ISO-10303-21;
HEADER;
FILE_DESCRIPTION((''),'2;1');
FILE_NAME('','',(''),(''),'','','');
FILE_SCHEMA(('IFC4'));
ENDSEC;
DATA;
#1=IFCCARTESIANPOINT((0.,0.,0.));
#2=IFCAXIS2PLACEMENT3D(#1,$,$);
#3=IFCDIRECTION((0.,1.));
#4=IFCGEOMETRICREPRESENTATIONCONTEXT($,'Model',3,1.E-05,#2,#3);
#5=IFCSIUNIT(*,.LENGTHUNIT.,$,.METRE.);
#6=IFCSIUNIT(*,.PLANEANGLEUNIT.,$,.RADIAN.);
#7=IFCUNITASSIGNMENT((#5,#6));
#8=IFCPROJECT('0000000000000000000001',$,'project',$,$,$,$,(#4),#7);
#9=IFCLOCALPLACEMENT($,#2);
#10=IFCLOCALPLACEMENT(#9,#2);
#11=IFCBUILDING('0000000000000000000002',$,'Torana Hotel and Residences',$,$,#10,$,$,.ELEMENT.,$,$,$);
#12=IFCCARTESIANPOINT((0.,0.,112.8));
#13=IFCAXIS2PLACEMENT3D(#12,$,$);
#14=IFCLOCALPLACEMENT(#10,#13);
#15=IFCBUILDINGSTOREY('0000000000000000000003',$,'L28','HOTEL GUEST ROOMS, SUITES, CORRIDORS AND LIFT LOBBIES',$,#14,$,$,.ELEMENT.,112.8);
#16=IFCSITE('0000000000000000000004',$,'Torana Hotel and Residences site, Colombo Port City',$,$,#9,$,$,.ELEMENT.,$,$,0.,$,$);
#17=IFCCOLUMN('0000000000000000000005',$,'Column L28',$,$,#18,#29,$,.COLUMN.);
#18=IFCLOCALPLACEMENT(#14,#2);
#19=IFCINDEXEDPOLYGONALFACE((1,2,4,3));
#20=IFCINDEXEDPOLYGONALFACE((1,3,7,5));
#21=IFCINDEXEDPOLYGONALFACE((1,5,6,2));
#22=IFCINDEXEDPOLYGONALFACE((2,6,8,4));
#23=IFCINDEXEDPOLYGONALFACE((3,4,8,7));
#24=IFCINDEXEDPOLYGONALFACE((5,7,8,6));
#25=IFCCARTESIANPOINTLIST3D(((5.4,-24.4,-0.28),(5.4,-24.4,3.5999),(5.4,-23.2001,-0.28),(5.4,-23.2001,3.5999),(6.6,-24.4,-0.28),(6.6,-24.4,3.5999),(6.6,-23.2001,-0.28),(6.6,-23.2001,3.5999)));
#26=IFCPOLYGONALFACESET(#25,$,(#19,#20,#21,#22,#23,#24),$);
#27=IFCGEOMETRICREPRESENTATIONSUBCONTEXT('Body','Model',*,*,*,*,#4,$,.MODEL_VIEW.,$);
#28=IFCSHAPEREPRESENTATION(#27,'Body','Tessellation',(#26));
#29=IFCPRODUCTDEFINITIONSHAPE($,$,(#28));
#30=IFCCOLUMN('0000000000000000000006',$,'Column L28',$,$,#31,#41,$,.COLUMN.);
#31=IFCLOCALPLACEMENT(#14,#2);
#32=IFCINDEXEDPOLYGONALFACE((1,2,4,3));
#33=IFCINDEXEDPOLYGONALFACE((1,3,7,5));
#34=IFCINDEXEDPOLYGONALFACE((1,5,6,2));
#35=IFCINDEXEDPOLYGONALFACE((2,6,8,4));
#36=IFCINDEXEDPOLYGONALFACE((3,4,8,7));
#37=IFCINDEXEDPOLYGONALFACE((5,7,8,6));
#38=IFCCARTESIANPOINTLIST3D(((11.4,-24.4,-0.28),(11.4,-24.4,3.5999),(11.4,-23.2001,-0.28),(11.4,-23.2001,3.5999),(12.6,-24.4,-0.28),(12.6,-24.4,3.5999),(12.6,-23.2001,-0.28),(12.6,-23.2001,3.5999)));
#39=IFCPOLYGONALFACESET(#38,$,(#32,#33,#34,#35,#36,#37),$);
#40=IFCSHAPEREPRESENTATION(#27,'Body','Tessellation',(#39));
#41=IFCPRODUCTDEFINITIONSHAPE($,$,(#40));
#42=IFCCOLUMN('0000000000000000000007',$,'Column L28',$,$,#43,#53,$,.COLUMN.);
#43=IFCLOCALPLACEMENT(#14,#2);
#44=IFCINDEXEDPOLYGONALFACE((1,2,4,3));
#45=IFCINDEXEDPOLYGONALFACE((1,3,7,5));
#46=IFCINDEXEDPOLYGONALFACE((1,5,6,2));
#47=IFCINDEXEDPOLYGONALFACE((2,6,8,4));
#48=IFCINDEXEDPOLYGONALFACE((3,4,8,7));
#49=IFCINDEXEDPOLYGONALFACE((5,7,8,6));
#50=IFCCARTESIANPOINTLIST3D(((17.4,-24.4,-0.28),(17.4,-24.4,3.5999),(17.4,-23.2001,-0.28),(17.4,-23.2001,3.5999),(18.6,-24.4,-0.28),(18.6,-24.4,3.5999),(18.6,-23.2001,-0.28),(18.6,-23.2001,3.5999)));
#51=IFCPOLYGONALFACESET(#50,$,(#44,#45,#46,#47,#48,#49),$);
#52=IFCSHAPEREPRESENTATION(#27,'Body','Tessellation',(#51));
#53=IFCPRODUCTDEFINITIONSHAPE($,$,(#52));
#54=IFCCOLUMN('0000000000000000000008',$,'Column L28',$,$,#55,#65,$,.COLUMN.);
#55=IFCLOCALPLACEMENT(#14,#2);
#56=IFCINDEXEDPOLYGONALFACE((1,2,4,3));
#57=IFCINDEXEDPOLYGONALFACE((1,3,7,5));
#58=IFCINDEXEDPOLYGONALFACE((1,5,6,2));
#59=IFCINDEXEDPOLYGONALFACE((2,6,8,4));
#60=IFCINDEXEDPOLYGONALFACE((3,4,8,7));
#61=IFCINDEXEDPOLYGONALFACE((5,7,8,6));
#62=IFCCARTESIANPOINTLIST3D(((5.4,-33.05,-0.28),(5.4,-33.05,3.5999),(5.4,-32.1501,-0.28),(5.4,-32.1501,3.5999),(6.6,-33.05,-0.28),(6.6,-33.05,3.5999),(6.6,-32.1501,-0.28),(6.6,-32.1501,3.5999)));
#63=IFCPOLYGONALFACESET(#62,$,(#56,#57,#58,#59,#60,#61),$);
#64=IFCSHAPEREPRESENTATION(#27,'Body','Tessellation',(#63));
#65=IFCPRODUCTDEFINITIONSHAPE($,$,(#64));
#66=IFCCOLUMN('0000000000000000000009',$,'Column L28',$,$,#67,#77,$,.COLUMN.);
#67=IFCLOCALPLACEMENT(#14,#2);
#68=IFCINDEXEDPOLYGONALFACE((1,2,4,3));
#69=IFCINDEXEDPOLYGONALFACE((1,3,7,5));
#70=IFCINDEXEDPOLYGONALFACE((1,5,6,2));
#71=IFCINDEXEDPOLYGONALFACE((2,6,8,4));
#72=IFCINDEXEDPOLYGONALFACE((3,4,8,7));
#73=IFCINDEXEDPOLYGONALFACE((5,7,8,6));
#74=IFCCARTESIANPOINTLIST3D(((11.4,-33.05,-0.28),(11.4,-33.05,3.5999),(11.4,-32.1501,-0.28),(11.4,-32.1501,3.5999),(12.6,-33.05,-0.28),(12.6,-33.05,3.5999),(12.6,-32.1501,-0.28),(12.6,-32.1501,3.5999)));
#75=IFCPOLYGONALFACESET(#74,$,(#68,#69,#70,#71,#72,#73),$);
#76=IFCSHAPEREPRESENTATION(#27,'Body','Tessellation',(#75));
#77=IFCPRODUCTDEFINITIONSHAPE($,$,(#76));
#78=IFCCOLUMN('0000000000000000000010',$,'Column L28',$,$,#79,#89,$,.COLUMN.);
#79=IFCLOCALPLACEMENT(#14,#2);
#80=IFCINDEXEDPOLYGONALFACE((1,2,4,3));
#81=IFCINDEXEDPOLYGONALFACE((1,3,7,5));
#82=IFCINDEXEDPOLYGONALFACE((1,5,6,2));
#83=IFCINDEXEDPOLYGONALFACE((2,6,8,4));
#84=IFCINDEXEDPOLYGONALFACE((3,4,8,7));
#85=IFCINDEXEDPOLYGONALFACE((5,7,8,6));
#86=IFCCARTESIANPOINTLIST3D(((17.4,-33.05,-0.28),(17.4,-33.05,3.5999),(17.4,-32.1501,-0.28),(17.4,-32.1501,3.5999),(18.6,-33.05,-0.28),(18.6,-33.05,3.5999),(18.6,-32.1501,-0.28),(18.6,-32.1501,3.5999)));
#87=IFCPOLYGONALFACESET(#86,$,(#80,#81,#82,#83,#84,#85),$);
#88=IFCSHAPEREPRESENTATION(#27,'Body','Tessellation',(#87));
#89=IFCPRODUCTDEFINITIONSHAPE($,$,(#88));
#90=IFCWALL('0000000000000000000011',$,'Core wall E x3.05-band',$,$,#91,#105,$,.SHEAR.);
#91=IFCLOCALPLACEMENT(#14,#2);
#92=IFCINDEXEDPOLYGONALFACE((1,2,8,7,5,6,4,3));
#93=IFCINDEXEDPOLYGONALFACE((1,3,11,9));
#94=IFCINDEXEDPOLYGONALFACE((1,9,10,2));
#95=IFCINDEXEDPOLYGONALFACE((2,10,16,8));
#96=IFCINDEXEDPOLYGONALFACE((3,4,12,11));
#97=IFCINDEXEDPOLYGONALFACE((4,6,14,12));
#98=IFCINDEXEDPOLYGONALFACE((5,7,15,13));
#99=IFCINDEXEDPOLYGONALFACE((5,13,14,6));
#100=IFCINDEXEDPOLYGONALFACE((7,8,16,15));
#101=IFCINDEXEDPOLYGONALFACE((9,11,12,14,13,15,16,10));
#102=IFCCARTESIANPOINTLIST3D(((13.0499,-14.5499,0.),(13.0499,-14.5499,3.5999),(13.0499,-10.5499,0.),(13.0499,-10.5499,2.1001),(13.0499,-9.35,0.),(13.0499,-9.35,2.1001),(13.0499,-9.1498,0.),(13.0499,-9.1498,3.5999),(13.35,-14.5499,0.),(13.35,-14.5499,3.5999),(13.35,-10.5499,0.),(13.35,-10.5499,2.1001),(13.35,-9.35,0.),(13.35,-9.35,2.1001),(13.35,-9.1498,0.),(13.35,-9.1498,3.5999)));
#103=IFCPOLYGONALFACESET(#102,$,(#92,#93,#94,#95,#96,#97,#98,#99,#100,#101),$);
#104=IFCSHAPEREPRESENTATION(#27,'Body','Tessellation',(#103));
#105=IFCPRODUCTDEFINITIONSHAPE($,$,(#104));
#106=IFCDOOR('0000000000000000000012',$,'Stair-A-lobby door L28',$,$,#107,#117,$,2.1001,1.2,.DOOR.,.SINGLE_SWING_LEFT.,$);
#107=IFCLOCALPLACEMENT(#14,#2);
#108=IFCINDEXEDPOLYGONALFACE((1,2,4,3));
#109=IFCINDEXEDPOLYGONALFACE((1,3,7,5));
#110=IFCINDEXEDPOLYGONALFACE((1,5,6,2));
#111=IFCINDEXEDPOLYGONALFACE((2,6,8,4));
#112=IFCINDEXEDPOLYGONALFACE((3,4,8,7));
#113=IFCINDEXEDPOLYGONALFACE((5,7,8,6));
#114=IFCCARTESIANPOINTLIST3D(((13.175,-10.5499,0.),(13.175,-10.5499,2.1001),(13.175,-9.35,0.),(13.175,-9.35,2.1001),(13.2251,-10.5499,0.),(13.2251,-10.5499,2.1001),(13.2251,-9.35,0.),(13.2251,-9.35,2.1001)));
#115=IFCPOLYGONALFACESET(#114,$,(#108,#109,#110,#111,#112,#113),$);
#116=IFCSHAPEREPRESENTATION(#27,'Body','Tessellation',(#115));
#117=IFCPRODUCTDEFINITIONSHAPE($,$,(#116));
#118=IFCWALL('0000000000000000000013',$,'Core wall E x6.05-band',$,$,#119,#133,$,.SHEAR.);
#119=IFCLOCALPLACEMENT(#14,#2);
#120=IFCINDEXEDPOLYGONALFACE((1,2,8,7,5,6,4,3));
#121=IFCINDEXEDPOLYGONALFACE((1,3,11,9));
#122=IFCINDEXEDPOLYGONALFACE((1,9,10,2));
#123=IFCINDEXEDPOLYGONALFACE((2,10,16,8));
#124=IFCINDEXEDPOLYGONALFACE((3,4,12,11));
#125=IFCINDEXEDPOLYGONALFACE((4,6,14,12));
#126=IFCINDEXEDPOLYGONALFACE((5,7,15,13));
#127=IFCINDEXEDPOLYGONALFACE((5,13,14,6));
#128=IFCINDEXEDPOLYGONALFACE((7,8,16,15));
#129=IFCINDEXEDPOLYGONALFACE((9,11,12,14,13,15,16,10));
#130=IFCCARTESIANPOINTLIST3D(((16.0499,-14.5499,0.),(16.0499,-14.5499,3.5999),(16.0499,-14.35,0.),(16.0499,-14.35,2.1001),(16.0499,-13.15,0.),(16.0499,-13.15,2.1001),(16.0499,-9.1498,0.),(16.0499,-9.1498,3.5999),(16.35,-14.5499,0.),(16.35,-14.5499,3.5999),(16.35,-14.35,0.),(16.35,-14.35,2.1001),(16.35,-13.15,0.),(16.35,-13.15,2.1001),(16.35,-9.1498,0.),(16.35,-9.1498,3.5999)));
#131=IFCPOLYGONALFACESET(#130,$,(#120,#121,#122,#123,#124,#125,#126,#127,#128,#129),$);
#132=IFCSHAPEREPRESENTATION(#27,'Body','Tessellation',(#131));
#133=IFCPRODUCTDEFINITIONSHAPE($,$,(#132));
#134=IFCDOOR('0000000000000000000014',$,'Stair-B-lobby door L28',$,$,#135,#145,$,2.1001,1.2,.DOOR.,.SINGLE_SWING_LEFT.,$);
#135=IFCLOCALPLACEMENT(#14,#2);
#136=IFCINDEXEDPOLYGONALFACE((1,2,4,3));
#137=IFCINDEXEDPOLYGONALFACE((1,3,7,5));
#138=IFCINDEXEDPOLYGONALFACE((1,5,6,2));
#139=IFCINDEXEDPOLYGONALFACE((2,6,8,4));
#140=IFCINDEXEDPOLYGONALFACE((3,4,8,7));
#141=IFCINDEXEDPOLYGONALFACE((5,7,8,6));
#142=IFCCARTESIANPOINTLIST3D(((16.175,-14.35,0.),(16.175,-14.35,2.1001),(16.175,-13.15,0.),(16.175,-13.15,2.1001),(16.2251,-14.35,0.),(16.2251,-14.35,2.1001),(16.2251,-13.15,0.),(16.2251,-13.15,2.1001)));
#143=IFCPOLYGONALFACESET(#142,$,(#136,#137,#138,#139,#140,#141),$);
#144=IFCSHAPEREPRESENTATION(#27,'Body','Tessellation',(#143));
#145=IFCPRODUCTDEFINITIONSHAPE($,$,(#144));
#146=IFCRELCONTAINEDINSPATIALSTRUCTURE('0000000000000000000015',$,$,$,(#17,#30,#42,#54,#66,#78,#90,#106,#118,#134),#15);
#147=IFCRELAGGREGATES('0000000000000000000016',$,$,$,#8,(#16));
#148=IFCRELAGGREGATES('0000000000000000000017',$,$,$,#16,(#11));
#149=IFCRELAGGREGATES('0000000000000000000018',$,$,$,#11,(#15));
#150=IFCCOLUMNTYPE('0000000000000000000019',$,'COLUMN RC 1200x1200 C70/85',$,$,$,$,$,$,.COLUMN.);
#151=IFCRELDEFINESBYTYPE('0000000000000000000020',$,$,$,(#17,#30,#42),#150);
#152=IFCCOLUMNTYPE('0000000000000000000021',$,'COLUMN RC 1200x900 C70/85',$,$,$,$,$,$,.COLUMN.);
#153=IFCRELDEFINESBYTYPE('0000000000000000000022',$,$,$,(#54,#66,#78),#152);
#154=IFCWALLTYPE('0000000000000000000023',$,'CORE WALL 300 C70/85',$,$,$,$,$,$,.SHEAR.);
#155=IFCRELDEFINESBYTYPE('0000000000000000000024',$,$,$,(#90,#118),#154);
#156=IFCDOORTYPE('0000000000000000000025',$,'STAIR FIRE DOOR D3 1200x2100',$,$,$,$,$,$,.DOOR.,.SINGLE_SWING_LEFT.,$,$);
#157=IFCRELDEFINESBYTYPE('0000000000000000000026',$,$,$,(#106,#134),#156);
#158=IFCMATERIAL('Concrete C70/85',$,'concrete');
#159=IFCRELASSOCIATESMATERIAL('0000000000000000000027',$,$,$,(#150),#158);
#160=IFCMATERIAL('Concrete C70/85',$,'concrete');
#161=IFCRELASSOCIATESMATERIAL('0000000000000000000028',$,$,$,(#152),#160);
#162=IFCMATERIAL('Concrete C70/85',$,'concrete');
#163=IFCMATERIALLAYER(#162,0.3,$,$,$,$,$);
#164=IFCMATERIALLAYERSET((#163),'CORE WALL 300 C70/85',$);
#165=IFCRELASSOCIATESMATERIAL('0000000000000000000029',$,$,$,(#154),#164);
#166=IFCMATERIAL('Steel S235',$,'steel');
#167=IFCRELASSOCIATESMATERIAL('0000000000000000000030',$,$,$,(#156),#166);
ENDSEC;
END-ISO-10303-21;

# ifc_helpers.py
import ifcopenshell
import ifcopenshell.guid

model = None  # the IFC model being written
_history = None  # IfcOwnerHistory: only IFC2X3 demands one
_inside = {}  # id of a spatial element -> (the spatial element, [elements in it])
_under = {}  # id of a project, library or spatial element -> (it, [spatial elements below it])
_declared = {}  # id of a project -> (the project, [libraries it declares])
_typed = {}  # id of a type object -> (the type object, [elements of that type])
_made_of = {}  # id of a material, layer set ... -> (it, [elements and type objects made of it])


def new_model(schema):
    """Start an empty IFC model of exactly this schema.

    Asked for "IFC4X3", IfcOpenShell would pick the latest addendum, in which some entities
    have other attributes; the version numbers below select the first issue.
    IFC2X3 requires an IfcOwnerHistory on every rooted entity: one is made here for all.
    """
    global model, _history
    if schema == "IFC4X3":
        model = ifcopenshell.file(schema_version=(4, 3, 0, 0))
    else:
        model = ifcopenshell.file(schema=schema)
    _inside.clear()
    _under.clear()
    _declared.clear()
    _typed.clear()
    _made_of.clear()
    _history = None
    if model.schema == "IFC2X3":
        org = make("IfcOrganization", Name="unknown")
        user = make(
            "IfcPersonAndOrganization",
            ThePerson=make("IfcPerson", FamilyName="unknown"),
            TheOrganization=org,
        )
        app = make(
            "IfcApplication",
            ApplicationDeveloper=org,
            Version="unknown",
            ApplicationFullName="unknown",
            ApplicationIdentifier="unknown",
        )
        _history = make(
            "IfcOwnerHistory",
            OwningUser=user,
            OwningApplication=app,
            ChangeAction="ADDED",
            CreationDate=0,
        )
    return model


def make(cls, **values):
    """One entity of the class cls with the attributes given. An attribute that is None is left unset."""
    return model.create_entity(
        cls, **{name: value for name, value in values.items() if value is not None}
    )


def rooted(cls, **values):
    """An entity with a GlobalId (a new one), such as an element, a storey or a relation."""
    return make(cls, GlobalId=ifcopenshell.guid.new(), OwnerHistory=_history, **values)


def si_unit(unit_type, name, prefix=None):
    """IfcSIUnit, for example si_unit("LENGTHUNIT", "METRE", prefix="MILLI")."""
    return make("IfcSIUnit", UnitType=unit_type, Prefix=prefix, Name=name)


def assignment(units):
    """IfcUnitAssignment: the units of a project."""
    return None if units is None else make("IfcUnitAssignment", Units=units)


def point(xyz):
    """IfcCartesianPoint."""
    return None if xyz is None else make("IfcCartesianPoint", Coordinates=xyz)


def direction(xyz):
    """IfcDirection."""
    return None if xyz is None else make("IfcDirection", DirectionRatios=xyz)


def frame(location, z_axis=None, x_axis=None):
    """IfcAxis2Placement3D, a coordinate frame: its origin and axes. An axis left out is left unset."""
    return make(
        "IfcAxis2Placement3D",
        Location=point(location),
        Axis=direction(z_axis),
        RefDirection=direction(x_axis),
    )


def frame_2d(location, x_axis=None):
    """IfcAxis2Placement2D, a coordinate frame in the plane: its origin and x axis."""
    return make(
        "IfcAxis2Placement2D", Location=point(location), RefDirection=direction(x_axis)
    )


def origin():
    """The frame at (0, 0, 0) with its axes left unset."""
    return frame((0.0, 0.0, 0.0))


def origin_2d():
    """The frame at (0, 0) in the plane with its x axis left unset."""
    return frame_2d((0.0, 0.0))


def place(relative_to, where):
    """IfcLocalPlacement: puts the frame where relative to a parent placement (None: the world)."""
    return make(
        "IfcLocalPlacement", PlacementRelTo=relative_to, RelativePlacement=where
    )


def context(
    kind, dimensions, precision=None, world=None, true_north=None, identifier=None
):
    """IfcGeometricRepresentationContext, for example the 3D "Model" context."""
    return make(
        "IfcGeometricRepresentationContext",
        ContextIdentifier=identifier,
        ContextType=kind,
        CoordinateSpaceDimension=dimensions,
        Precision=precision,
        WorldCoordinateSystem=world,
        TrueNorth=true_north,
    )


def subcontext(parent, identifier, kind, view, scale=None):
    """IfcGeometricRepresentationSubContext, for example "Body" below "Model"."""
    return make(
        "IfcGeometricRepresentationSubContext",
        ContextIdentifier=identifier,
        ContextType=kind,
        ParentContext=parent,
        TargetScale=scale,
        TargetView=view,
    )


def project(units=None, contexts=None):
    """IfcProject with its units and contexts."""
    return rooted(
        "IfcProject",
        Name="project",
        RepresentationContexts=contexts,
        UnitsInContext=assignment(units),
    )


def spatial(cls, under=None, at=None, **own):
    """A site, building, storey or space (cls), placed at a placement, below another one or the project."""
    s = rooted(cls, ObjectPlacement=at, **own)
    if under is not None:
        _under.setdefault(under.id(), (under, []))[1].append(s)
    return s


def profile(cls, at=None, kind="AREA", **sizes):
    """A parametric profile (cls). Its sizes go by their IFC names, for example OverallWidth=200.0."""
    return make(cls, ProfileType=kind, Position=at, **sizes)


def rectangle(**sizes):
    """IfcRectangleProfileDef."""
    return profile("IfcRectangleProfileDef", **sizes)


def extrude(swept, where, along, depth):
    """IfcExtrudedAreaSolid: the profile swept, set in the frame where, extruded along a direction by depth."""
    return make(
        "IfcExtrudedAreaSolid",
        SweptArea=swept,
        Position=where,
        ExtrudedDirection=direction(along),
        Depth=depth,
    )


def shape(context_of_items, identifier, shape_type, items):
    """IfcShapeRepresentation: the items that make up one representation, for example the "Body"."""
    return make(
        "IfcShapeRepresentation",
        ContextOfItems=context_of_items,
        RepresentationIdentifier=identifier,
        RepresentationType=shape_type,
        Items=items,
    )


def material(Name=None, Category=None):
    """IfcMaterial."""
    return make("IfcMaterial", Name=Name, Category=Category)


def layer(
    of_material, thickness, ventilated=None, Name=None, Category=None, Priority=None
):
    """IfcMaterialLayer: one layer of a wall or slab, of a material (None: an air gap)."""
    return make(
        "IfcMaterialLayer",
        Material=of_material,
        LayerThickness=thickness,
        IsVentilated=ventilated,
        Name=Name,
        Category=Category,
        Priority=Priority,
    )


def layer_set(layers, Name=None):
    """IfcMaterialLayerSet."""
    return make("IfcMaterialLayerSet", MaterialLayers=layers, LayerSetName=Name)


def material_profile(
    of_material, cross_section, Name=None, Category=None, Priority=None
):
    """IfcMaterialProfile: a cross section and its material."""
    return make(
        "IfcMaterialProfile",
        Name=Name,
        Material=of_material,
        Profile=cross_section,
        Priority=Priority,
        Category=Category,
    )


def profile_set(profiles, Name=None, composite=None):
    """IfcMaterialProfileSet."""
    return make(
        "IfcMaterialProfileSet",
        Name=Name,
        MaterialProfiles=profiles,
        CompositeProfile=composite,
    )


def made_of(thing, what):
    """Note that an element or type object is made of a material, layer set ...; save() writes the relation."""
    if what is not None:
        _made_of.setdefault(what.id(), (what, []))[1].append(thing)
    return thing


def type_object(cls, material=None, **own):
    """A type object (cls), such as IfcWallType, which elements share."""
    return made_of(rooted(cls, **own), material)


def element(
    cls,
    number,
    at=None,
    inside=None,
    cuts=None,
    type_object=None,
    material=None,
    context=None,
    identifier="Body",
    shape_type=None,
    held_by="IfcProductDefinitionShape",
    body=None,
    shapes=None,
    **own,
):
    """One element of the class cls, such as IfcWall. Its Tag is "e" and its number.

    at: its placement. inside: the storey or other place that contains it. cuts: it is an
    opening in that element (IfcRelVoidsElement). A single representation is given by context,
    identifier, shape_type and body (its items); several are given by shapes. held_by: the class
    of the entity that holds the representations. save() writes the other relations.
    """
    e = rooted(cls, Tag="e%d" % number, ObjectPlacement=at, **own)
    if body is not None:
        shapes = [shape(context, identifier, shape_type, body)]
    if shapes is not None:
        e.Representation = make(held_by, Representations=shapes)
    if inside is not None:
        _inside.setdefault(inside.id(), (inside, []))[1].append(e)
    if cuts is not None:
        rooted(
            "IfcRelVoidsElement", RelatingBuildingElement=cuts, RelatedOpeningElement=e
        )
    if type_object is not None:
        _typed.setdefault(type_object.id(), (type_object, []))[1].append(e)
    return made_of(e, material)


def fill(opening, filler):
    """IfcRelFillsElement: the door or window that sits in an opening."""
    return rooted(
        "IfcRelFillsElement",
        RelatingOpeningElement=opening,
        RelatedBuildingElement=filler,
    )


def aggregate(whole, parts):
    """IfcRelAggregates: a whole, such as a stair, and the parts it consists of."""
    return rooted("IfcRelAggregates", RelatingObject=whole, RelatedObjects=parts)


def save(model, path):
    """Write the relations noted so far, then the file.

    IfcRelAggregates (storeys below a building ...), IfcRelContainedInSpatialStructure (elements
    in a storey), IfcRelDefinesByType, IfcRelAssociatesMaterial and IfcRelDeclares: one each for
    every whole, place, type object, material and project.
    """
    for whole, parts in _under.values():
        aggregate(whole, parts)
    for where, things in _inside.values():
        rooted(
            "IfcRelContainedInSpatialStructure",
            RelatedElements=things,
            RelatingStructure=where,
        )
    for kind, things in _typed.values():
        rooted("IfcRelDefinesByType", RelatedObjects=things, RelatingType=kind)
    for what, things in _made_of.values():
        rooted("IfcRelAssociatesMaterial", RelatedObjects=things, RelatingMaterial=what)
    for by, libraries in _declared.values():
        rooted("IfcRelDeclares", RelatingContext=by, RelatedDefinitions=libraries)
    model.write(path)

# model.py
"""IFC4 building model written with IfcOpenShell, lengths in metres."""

from ifc_helpers import new_model, si_unit, direction, frame, frame_2d, origin, origin_2d, place, context, subcontext, project, spatial, rectangle, extrude, material, layer, layer_set, material_profile, profile_set, type_object, element, fill, save


model = new_model("IFC4")

# Units and contexts
model_context = context("Model", 3, precision=1e-05, world=origin(), true_north=direction((0.0, 1.0)))
body_context = subcontext(model_context, "Body", "Model", "MODEL_VIEW")
ifc_project = project(units=[si_unit("LENGTHUNIT", "METRE"), si_unit("PLANEANGLEUNIT", "RADIAN")], contexts=[model_context])

# Site, building, storey
site_placement = place(None, origin())
site = spatial("IfcSite", under=ifc_project, at=site_placement, Name="Torana Hotel and Residences site, Colombo Port City", CompositionType="ELEMENT", RefElevation=0.0)
building_placement = place(site_placement, origin())
building = spatial("IfcBuilding", under=site, at=building_placement, Name="Torana Hotel and Residences", CompositionType="ELEMENT")
storey_placement = place(building_placement, frame((0.0, 0.0, 112.8)))
storey = spatial("IfcBuildingStorey", under=building, at=storey_placement, Name="L28", Description="HOTEL GUEST ROOMS, SUITES, CORRIDORS AND LIFT LOBBIES", CompositionType="ELEMENT", Elevation=112.8)

# Columns
ifc_material_1 = material(Name="Concrete C70/85", Category="concrete")
ifc_material_profile_1 = material_profile(ifc_material_1, rectangle(XDim=1.2, YDim=1.2, at=origin_2d()), Name="RC 1200x1200")
ifc_profile_set_1 = profile_set([ifc_material_profile_1], Name="Concrete C70/85")
column_type_1 = type_object("IfcColumnType", Name="COLUMN RC 1200x1200 C70/85", PredefinedType="COLUMN", material=ifc_profile_set_1)
for number, where, z_axis, x_axis, name in (
    (1, (6.0, -23.8, -0.28), (0.0, 0.0, 1.0), (1.0, 0.0, 0.0), "Column L28"),
    (2, (12.0, -23.8, -0.28), (0.0, 0.0, 1.0), (1.0, 0.0, 0.0), "Column L28"),
    (3, (18.0, -23.8, -0.28), (0.0, 0.0, 1.0), (1.0, 0.0, 0.0), "Column L28"),
):
    element("IfcColumn", number, at=place(storey_placement, frame(where, z_axis=z_axis, x_axis=x_axis)), inside=storey, type_object=column_type_1, Name=name, PredefinedType="COLUMN", context=body_context, shape_type="SweptSolid", body=[
        extrude(rectangle(XDim=1.2, YDim=1.2, at=origin_2d()), origin(), (0.0, 0.0, 1.0), 3.8799),
    ])
ifc_material_2 = material(Name="Concrete C70/85", Category="concrete")
ifc_material_profile_2 = material_profile(ifc_material_2, rectangle(XDim=1.2, YDim=0.8999, at=origin_2d()), Name="RC 1200x900")
ifc_profile_set_2 = profile_set([ifc_material_profile_2], Name="Concrete C70/85")
column_type_2 = type_object("IfcColumnType", Name="COLUMN RC 1200x900 C70/85", PredefinedType="COLUMN", material=ifc_profile_set_2)
for number, where, z_axis, x_axis, name in (
    (4, (6.0, -32.6001, -0.28), (0.0, 0.0, 1.0), (1.0, 0.0, 0.0), "Column L28"),
    (5, (12.0, -32.6001, -0.28), (0.0, 0.0, 1.0), (1.0, 0.0, 0.0), "Column L28"),
    (6, (18.0, -32.6001, -0.28), (0.0, 0.0, 1.0), (1.0, 0.0, 0.0), "Column L28"),
):
    element("IfcColumn", number, at=place(storey_placement, frame(where, z_axis=z_axis, x_axis=x_axis)), inside=storey, type_object=column_type_2, Name=name, PredefinedType="COLUMN", context=body_context, shape_type="SweptSolid", body=[
        extrude(rectangle(XDim=1.2, YDim=0.8999, at=origin_2d()), origin(), (0.0, 0.0, 1.0), 3.8799),
    ])

# Walls, openings, doors
ifc_material_3 = material(Name="Concrete C70/85", Category="concrete")
ifc_layer_1 = layer(ifc_material_3, 0.3)
ifc_layer_set_1 = layer_set([ifc_layer_1], Name="CORE WALL 300 C70/85")
wall_type_1 = type_object("IfcWallType", Name="CORE WALL 300 C70/85", PredefinedType="SHEAR", material=ifc_layer_set_1)
wall_1_placement = place(storey_placement, frame((13.2, -14.55, 0.0), z_axis=(0.0, 0.0, 1.0), x_axis=(0.0, 1.0, 0.0)))
wall_1 = element("IfcWall", 7, at=wall_1_placement, inside=storey, type_object=wall_type_1, Name="Core wall E x3.05-band", PredefinedType="SHEAR", context=body_context, shape_type="SweptSolid", body=[
    extrude(rectangle(XDim=5.4001, YDim=0.3, at=frame_2d((2.7002, 0.0))), origin(), (0.0, 0.0, 1.0), 3.5999),
])
opening_1_placement = place(wall_1_placement, frame((4.0, 0.0, 0.0)))
opening_1 = element("IfcOpeningElement", 8, at=opening_1_placement, cuts=wall_1, PredefinedType="OPENING", context=body_context, shape_type="SweptSolid", body=[
    extrude(rectangle(XDim=1.2, YDim=2.1001, at=frame_2d((0.6001, 1.05))), frame((0.0, 0.1599, 0.0), z_axis=(0.0, -1.0, 0.0), x_axis=(1.0, 0.0, 0.0)), (0.0, 0.0, 1.0), 0.3201),
])
ifc_material_4 = material(Name="Steel S235", Category="steel")
door_type_1 = type_object("IfcDoorType", Name="STAIR FIRE DOOR D3 1200x2100", OperationType="SINGLE_SWING_LEFT", PredefinedType="DOOR", material=ifc_material_4)
door_1_placement = place(opening_1_placement, origin())
door_1 = element("IfcDoor", 9, at=door_1_placement, inside=storey, type_object=door_type_1, Name="Stair-A-lobby door L28", OperationType="SINGLE_SWING_LEFT", OverallHeight=2.1001, OverallWidth=1.2, PredefinedType="DOOR", context=body_context, shape_type="SweptSolid", body=[
    extrude(rectangle(XDim=1.2, YDim=2.1001, at=frame_2d((0.6001, 1.05))), frame((0.0, 0.0249, 0.0), z_axis=(0.0, -1.0, 0.0), x_axis=(1.0, 0.0, 0.0)), (0.0, 0.0, 1.0), 0.05),
])
fill(opening_1, door_1)
wall_2_placement = place(storey_placement, frame((16.2, -14.55, 0.0), z_axis=(0.0, 0.0, 1.0), x_axis=(0.0, 1.0, 0.0)))
wall_2 = element("IfcWall", 10, at=wall_2_placement, inside=storey, type_object=wall_type_1, Name="Core wall E x6.05-band", PredefinedType="SHEAR", context=body_context, shape_type="SweptSolid", body=[
    extrude(rectangle(XDim=5.4001, YDim=0.3, at=frame_2d((2.7002, 0.0))), origin(), (0.0, 0.0, 1.0), 3.5999),
])
opening_2_placement = place(wall_2_placement, frame((0.2, 0.0, 0.0)))
opening_2 = element("IfcOpeningElement", 11, at=opening_2_placement, cuts=wall_2, PredefinedType="OPENING", context=body_context, shape_type="SweptSolid", body=[
    extrude(rectangle(XDim=1.2, YDim=2.1001, at=frame_2d((0.6001, 1.05))), frame((0.0, 0.1599, 0.0), z_axis=(0.0, -1.0, 0.0), x_axis=(1.0, 0.0, 0.0)), (0.0, 0.0, 1.0), 0.3201),
])
door_2_placement = place(opening_2_placement, frame((0.6001, 0.0, 0.0), z_axis=(0.0, 0.0, 1.0), x_axis=(-1.0, 0.0, 0.0)))
door_2 = element("IfcDoor", 12, at=door_2_placement, inside=storey, type_object=door_type_1, Name="Stair-B-lobby door L28", OperationType="SINGLE_SWING_LEFT", OverallHeight=2.1001, OverallWidth=1.2, PredefinedType="DOOR", context=body_context, shape_type="SweptSolid", body=[
    extrude(rectangle(XDim=1.2, YDim=2.1001, at=frame_2d((0.0, 1.05))), frame((0.0, -0.0249, 0.0), z_axis=(0.0, 1.0, 0.0), x_axis=(-1.0, 0.0, 0.0)), (0.0, 0.0, 1.0), 0.05),
])
fill(opening_2, door_2)

save(model, "model.ifc")
